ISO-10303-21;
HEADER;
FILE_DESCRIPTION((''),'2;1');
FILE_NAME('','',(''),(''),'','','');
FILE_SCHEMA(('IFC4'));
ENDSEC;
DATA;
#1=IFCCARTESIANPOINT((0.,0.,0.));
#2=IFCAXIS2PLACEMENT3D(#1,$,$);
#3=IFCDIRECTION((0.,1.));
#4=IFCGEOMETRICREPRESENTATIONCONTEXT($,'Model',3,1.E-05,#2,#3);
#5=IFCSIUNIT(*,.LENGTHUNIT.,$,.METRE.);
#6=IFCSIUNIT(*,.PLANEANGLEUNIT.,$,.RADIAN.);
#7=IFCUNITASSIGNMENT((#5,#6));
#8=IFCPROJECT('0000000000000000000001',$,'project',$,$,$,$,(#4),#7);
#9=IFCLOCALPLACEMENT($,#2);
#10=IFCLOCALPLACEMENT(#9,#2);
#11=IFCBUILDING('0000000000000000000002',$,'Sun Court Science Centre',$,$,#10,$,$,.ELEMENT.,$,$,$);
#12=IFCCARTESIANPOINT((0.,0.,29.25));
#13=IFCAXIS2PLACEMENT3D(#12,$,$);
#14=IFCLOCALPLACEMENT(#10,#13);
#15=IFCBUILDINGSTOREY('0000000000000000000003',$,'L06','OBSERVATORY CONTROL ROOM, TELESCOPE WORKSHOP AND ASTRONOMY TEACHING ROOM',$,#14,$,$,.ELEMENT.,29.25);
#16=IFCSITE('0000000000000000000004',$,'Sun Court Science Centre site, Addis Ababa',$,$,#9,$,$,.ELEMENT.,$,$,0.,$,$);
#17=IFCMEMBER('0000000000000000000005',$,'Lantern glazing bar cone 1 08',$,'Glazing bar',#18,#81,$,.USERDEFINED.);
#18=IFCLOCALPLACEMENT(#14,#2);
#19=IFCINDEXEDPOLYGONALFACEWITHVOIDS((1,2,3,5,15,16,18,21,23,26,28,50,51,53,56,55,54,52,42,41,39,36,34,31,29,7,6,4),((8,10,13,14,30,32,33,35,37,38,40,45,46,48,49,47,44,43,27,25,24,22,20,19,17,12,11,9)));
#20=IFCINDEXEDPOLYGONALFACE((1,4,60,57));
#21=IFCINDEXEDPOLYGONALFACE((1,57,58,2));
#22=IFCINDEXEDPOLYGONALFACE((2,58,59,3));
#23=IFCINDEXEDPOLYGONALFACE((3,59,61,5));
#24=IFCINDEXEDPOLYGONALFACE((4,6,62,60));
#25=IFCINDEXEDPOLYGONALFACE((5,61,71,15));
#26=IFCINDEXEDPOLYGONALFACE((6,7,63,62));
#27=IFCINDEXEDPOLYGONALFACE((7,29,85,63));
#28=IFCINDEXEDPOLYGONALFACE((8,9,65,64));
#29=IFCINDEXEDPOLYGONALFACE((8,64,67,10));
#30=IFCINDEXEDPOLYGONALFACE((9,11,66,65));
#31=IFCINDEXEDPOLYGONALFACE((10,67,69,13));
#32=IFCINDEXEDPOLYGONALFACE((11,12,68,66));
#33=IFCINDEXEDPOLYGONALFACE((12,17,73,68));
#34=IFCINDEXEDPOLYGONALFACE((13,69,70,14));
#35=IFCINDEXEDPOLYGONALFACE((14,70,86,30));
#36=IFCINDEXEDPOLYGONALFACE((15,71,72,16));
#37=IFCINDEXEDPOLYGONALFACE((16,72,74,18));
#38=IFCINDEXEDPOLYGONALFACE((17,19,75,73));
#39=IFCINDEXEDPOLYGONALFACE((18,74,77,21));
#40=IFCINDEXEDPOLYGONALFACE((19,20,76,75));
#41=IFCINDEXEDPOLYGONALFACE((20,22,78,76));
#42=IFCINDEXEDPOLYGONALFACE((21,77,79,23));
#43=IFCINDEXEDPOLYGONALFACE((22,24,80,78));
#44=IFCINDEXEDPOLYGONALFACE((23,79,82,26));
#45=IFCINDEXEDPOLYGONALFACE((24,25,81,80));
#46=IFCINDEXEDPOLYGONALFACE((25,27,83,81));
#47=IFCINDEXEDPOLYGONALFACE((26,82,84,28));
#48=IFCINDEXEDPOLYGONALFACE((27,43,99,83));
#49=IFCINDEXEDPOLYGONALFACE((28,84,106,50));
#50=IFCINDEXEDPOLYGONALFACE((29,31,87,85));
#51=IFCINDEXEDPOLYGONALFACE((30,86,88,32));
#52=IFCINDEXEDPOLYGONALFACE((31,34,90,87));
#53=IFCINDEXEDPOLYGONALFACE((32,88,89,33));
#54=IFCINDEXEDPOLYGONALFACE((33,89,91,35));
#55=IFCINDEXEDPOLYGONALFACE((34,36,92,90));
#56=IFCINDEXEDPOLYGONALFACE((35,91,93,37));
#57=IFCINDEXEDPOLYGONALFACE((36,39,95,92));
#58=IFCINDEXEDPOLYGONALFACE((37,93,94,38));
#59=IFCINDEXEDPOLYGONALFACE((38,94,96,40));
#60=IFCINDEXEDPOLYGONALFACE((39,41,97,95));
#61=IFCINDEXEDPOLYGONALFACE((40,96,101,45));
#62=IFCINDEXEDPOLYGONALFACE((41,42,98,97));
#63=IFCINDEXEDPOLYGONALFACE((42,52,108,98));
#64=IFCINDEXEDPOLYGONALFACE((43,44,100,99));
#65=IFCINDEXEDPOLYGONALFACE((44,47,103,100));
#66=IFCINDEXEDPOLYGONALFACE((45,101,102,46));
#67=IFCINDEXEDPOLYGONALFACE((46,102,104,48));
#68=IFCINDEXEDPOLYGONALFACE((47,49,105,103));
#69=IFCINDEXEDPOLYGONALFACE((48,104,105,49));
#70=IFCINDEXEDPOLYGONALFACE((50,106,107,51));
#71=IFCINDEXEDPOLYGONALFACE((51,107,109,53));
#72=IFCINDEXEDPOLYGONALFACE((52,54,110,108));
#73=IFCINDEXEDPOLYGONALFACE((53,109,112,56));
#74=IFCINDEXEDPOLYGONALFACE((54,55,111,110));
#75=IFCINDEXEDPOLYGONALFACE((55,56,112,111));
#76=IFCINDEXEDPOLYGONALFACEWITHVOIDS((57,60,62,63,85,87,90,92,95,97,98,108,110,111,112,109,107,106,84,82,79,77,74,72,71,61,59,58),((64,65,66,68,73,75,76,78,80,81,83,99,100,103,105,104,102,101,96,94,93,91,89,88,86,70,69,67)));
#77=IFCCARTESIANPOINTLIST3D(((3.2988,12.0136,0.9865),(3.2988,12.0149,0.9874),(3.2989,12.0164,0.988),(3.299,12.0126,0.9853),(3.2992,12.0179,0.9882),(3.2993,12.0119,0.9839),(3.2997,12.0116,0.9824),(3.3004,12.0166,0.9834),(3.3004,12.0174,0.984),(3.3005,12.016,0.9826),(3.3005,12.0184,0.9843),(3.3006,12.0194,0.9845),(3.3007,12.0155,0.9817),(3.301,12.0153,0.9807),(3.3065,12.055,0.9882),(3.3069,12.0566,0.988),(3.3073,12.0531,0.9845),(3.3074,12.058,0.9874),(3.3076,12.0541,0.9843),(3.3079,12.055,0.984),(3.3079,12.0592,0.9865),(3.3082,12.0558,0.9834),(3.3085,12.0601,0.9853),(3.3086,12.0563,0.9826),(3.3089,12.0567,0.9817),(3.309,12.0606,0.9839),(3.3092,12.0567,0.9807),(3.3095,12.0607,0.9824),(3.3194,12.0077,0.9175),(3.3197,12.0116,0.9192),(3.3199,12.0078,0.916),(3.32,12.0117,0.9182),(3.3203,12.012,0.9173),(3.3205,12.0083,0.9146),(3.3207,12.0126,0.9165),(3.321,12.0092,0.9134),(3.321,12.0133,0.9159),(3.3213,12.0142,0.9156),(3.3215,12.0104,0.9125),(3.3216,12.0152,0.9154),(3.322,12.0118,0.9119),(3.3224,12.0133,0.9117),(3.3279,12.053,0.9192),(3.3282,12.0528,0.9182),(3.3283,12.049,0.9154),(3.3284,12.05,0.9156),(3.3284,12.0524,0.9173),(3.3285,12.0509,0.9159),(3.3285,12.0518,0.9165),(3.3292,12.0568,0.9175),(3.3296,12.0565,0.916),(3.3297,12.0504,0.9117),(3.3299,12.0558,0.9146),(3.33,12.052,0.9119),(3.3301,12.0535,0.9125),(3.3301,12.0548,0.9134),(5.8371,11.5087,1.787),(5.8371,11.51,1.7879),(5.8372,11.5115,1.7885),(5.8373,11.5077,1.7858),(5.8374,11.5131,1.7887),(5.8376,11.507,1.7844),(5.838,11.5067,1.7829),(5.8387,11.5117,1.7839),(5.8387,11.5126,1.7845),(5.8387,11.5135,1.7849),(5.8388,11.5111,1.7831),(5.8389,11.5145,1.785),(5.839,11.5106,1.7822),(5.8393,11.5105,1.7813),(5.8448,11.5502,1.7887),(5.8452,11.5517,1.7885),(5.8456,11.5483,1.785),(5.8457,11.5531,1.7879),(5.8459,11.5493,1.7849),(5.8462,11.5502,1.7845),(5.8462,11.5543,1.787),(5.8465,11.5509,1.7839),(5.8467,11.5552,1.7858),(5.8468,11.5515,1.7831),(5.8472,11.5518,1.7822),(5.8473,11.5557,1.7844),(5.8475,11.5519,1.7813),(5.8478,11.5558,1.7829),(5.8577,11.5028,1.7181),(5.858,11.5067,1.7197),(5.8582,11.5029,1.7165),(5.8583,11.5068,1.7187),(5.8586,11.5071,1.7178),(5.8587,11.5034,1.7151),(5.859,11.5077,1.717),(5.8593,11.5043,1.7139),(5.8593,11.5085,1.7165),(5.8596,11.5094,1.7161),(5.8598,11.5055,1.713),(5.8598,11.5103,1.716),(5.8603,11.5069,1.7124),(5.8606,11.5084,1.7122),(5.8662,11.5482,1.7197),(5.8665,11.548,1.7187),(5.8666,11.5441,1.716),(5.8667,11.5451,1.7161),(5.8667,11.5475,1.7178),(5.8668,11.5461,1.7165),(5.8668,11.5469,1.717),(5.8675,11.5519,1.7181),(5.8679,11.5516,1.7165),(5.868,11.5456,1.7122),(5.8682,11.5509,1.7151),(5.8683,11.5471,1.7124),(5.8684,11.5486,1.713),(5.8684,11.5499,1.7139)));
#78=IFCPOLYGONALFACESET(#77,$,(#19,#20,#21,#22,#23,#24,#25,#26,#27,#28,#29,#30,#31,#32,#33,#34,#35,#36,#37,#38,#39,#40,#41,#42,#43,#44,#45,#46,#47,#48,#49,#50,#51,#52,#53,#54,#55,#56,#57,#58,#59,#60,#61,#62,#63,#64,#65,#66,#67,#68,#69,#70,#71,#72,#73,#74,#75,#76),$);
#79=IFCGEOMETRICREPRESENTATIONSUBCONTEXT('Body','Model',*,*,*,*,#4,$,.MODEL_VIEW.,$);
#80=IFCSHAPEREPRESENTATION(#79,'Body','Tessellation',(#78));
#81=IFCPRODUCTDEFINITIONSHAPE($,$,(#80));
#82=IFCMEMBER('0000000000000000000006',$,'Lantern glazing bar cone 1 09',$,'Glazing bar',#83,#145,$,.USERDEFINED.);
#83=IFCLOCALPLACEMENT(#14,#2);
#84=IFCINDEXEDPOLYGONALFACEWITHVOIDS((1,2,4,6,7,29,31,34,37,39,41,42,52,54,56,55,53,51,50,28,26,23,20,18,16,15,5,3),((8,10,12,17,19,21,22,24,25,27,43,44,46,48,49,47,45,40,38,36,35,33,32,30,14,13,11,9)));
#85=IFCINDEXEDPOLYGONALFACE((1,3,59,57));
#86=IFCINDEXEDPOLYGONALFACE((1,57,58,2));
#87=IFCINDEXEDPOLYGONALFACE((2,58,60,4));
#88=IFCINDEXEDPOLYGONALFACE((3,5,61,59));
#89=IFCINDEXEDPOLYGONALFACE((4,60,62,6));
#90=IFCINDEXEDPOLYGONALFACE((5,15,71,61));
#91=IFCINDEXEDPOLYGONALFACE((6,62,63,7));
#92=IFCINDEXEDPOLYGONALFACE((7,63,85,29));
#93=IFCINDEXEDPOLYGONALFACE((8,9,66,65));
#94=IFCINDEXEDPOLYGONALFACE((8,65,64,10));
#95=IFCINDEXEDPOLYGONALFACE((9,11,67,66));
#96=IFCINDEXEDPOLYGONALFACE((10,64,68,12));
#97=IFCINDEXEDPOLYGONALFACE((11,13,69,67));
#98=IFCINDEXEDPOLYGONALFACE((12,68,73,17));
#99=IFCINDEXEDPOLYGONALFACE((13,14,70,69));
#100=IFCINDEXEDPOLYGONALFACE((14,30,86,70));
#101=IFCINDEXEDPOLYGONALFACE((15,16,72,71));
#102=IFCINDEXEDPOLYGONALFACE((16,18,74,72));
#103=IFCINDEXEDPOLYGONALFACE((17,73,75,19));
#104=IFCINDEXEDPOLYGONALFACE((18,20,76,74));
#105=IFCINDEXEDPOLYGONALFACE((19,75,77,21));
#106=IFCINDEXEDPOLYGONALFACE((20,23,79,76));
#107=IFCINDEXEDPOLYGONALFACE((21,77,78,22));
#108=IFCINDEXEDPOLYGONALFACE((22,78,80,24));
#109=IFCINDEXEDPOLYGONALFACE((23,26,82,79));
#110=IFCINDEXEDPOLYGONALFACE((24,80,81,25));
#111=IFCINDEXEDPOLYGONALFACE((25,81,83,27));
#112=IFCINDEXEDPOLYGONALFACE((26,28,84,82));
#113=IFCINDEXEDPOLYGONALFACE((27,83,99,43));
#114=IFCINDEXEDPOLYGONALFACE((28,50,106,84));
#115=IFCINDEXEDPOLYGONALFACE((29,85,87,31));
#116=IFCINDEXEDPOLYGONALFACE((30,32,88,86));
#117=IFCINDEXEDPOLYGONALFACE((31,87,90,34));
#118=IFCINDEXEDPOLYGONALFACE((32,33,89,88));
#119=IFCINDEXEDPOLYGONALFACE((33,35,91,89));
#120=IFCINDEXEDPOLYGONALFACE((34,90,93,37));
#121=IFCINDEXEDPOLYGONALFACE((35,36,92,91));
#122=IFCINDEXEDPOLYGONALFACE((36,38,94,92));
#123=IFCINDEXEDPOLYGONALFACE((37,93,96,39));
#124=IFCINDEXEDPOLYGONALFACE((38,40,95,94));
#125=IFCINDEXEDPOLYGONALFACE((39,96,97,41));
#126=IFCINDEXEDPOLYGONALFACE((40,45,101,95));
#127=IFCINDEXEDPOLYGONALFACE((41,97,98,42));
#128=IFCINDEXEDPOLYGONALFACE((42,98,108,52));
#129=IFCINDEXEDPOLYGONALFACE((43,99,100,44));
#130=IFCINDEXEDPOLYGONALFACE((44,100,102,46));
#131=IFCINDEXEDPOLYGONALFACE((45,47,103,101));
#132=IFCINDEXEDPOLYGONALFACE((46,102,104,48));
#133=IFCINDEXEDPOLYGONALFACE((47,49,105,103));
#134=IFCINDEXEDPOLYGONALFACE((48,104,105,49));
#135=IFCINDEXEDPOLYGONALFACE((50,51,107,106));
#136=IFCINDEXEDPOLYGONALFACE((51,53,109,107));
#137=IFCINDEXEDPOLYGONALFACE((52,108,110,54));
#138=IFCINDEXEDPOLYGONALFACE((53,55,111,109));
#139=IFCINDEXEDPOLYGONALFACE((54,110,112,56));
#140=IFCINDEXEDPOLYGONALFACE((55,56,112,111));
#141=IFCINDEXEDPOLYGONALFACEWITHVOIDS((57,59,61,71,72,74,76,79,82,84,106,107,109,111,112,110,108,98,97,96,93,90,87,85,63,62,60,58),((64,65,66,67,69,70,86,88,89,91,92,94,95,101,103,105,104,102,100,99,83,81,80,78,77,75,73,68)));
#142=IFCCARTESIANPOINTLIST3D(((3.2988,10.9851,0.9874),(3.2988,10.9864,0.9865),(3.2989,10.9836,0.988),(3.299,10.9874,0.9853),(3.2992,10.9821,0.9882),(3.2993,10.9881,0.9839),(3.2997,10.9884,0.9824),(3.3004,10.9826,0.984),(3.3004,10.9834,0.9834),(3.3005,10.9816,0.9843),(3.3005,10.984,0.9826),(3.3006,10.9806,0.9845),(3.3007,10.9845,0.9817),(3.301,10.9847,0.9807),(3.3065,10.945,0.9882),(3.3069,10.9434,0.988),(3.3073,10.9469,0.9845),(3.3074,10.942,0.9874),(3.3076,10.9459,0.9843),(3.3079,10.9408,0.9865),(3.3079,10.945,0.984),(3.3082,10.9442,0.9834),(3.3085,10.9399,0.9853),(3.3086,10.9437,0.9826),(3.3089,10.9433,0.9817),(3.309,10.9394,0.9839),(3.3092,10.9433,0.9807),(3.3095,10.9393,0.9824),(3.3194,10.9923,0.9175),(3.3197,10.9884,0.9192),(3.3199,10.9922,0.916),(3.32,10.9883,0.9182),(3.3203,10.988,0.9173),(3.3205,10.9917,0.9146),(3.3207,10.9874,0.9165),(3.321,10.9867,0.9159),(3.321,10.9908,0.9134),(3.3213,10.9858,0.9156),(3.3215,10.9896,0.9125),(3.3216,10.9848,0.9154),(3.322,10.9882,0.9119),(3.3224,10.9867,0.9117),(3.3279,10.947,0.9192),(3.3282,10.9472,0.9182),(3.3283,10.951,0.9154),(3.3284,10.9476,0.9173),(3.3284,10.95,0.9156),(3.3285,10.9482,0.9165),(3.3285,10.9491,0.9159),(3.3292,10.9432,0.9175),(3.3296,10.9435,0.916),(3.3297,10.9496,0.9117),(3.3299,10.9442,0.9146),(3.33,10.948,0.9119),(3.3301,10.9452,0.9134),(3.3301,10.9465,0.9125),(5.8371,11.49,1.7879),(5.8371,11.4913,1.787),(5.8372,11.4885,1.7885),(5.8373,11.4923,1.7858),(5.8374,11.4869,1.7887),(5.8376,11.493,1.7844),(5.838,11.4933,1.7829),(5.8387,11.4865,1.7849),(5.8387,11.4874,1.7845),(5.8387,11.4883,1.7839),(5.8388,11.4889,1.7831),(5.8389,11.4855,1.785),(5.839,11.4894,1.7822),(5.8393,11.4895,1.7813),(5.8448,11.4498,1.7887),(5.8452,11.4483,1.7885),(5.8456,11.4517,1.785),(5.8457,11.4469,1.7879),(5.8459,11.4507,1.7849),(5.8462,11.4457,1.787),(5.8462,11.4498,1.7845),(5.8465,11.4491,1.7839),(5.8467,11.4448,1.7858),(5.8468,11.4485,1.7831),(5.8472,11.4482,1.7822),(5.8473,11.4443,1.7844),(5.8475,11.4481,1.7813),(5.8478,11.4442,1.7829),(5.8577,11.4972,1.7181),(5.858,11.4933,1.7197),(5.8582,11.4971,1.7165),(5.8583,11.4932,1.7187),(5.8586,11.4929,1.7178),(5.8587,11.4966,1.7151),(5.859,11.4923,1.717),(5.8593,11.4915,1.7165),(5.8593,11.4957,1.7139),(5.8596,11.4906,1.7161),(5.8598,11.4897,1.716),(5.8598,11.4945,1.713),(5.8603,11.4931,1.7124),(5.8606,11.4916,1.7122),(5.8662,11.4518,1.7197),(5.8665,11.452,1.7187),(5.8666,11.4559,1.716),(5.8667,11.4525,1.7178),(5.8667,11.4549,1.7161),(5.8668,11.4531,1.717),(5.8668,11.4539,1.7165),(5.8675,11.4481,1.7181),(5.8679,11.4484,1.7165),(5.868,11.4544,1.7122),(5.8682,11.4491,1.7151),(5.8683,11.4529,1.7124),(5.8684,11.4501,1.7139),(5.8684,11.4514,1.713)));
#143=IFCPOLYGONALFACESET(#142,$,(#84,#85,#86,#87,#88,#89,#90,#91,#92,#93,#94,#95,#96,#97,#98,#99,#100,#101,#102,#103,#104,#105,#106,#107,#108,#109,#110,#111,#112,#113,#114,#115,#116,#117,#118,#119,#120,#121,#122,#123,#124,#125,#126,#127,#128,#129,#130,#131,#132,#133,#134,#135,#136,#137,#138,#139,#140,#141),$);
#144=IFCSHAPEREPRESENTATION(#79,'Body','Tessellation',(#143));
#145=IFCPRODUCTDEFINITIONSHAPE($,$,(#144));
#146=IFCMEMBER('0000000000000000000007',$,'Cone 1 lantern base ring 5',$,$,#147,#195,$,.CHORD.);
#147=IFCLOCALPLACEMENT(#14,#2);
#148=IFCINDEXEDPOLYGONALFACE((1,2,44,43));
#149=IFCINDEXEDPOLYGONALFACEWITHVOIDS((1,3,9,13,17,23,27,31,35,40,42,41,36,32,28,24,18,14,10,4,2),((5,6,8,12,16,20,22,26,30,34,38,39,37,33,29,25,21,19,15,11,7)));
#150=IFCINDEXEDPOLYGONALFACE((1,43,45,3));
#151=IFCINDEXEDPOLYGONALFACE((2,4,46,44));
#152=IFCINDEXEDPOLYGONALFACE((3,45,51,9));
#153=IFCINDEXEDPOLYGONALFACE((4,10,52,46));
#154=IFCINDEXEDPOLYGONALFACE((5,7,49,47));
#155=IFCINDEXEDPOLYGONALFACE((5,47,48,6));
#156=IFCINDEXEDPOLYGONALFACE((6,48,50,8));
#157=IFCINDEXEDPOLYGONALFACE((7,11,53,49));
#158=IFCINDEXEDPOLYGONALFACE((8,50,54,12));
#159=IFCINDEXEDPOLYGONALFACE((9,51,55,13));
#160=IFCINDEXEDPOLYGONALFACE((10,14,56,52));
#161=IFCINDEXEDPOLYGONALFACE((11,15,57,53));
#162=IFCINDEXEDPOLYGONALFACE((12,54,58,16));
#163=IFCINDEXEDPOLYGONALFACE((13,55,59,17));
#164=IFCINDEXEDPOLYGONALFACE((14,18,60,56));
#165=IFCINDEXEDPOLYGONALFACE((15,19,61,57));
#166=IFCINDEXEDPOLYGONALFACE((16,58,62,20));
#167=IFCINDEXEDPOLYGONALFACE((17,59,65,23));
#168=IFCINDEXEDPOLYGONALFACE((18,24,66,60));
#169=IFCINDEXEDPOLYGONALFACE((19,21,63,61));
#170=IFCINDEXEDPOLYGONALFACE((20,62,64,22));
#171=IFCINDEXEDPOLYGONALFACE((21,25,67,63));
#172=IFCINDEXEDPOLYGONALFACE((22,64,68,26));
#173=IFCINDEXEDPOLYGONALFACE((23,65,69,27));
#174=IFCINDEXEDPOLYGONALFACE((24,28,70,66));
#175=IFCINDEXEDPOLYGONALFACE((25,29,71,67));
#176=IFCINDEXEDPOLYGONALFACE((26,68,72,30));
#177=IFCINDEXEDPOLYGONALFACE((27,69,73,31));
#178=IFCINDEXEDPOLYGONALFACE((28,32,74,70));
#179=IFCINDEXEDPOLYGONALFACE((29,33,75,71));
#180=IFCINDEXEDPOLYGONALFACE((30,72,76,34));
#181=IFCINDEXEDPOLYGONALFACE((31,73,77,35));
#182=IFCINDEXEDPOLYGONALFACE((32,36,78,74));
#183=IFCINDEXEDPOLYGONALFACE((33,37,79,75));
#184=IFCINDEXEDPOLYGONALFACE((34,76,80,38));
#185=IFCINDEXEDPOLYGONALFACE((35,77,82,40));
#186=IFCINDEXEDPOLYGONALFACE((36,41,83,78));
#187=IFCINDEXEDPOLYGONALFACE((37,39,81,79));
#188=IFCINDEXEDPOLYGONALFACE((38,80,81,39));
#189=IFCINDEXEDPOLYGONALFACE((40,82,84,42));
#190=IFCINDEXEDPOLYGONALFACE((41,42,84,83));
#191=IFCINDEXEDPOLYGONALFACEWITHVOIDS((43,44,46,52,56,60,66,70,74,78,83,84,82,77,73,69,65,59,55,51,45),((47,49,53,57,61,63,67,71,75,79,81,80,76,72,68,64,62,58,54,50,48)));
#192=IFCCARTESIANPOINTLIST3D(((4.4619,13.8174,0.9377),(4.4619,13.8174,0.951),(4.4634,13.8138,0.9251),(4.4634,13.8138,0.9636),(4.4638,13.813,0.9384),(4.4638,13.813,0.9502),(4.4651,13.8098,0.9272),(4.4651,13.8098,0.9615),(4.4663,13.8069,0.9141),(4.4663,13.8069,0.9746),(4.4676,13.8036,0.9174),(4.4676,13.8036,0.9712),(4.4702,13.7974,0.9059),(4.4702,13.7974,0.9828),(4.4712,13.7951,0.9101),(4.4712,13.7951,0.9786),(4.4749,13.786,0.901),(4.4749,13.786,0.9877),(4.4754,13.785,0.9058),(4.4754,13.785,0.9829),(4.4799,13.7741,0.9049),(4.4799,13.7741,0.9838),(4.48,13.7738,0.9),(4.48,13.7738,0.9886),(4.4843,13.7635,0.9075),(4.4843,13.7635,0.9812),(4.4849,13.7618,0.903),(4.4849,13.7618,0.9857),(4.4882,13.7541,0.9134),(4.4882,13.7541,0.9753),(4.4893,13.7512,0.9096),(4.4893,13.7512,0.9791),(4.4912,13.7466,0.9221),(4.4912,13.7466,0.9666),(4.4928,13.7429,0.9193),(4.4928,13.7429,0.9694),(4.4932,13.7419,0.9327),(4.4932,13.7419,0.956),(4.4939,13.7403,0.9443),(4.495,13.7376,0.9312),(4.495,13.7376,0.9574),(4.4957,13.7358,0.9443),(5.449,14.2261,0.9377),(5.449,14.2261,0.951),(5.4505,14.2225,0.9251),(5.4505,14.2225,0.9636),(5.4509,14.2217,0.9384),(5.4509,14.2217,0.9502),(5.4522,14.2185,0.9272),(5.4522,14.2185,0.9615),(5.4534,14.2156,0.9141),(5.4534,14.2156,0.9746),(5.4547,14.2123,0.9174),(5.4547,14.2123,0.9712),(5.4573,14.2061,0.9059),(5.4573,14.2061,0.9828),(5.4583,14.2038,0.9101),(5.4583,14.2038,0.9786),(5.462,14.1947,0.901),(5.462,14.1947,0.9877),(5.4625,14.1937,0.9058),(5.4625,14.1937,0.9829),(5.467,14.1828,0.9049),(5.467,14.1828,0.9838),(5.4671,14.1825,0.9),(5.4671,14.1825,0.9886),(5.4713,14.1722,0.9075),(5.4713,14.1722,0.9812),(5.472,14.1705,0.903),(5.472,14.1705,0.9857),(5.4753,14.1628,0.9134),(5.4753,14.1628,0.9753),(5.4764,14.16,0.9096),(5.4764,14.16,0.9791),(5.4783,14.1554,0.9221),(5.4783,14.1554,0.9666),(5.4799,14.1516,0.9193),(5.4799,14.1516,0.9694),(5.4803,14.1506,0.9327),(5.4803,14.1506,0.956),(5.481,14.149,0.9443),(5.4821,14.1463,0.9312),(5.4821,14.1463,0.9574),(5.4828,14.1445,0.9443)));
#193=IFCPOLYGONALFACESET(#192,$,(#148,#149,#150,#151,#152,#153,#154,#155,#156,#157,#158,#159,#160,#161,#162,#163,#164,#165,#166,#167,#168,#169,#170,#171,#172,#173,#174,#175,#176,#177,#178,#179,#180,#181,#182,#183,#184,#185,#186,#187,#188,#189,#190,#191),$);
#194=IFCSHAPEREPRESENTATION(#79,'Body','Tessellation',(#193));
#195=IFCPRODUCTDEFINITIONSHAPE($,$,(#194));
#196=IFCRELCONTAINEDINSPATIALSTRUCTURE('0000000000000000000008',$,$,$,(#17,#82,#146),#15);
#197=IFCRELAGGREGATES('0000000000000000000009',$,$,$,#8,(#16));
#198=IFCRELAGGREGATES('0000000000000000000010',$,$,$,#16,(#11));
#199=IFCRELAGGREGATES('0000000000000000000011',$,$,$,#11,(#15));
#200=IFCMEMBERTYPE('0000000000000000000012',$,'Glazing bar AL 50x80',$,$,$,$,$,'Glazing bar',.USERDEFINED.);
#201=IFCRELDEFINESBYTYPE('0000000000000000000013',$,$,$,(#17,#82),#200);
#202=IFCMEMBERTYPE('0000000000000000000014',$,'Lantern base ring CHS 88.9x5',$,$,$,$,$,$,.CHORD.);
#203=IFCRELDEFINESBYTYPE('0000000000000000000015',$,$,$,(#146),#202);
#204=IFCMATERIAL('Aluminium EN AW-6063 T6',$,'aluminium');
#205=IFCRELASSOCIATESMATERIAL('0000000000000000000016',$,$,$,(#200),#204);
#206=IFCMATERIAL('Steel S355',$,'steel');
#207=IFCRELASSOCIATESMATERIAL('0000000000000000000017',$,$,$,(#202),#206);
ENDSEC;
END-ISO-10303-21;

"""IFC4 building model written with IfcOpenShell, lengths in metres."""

from ifc_helpers import new_model, si_unit, direction, frame, origin, origin_2d, place, context, subcontext, project, spatial, hollow_rectangle, hollow_circle, extrude, material, material_profile, profile_set, type_object, element, save


model = new_model("IFC4")

# Units and contexts
model_context = context("Model", 3, precision=1e-05, world=origin(), true_north=direction((0.0, 1.0)))
body_context = subcontext(model_context, "Body", "Model", "MODEL_VIEW")
ifc_project = project(units=[si_unit("LENGTHUNIT", "METRE"), si_unit("PLANEANGLEUNIT", "RADIAN")], contexts=[model_context])

# Site, building, storey
site_placement = place(None, origin())
site = spatial("IfcSite", under=ifc_project, at=site_placement, Name="Sun Court Science Centre site, Addis Ababa", CompositionType="ELEMENT", RefElevation=0.0)
building_placement = place(site_placement, origin())
building = spatial("IfcBuilding", under=site, at=building_placement, Name="Sun Court Science Centre", CompositionType="ELEMENT")
storey_placement = place(building_placement, frame((0.0, 0.0, 29.25)))
storey = spatial("IfcBuildingStorey", under=building, at=storey_placement, Name="L06", Description="OBSERVATORY CONTROL ROOM, TELESCOPE WORKSHOP AND ASTRONOMY TEACHING ROOM", CompositionType="ELEMENT", Elevation=29.25)

# Members
ifc_material_1 = material(Name="Aluminium EN AW-6063 T6", Category="aluminium")
ifc_material_profile_1 = material_profile(ifc_material_1, hollow_rectangle(XDim=0.05, YDim=0.0801, WallThickness=0.0039, InnerFilletRadius=0.0039, OuterFilletRadius=0.0061, at=origin_2d()), Name="AL 50x80x4")
ifc_profile_set_1 = profile_set([ifc_material_profile_1], Name="Aluminium EN AW-6063 T6")
member_type_1 = type_object("IfcMemberType", Name="Glazing bar AL 50x80", ElementType="Glazing bar", PredefinedType="USERDEFINED", material=ifc_profile_set_1)
for number, where, z_axis, x_axis, name in (
    (1, (3.3145, 12.0342, 0.95), (0.936986, -0.18637, 0.295506), (0.195082, 0.980787, 0.0), "Lantern glazing bar cone 1 08"),
    (2, (3.3145, 10.9658, 0.95), (0.936986, 0.18637, 0.295506), (-0.195082, 0.980787, 0.0), "Lantern glazing bar cone 1 09"),
):
    element("IfcMember", number, at=place(storey_placement, frame(where, z_axis=z_axis, x_axis=x_axis)), inside=storey, type_object=member_type_1, Name=name, ObjectType="Glazing bar", PredefinedType="USERDEFINED", context=body_context, shape_type="SweptSolid", body=[
        extrude(hollow_rectangle(XDim=0.05, YDim=0.0801, WallThickness=0.0039, InnerFilletRadius=0.0039, OuterFilletRadius=0.0061, at=origin_2d()), origin(), (0.0, 0.0, 1.0), 2.709),
    ])
ifc_material_2 = material(Name="Steel S355", Category="steel")
ifc_material_profile_2 = material_profile(ifc_material_2, hollow_circle(Radius=0.0444, WallThickness=0.0049, at=origin_2d()), Name="CHS 88.9x5")
ifc_profile_set_2 = profile_set([ifc_material_profile_2], Name="Steel S355")
member_type_2 = type_object("IfcMemberType", Name="Lantern base ring CHS 88.9x5", PredefinedType="CHORD", material=ifc_profile_set_2)
member_1_placement = place(storey_placement, frame((5.4658, 14.1855, 0.9443), z_axis=(-0.923933, -0.382554, 0.0), x_axis=(0.382554, -0.923933, 0.0)))
element("IfcMember", 3, at=member_1_placement, inside=storey, type_object=member_type_2, Name="Cone 1 lantern base ring 5", PredefinedType="CHORD", context=body_context, shape_type="SweptSolid", body=[
    extrude(hollow_circle(Radius=0.0444, WallThickness=0.0049, at=origin_2d()), origin(), (0.0, 0.0, 1.0), 1.0684),
])

save(model, "model.ifc")
